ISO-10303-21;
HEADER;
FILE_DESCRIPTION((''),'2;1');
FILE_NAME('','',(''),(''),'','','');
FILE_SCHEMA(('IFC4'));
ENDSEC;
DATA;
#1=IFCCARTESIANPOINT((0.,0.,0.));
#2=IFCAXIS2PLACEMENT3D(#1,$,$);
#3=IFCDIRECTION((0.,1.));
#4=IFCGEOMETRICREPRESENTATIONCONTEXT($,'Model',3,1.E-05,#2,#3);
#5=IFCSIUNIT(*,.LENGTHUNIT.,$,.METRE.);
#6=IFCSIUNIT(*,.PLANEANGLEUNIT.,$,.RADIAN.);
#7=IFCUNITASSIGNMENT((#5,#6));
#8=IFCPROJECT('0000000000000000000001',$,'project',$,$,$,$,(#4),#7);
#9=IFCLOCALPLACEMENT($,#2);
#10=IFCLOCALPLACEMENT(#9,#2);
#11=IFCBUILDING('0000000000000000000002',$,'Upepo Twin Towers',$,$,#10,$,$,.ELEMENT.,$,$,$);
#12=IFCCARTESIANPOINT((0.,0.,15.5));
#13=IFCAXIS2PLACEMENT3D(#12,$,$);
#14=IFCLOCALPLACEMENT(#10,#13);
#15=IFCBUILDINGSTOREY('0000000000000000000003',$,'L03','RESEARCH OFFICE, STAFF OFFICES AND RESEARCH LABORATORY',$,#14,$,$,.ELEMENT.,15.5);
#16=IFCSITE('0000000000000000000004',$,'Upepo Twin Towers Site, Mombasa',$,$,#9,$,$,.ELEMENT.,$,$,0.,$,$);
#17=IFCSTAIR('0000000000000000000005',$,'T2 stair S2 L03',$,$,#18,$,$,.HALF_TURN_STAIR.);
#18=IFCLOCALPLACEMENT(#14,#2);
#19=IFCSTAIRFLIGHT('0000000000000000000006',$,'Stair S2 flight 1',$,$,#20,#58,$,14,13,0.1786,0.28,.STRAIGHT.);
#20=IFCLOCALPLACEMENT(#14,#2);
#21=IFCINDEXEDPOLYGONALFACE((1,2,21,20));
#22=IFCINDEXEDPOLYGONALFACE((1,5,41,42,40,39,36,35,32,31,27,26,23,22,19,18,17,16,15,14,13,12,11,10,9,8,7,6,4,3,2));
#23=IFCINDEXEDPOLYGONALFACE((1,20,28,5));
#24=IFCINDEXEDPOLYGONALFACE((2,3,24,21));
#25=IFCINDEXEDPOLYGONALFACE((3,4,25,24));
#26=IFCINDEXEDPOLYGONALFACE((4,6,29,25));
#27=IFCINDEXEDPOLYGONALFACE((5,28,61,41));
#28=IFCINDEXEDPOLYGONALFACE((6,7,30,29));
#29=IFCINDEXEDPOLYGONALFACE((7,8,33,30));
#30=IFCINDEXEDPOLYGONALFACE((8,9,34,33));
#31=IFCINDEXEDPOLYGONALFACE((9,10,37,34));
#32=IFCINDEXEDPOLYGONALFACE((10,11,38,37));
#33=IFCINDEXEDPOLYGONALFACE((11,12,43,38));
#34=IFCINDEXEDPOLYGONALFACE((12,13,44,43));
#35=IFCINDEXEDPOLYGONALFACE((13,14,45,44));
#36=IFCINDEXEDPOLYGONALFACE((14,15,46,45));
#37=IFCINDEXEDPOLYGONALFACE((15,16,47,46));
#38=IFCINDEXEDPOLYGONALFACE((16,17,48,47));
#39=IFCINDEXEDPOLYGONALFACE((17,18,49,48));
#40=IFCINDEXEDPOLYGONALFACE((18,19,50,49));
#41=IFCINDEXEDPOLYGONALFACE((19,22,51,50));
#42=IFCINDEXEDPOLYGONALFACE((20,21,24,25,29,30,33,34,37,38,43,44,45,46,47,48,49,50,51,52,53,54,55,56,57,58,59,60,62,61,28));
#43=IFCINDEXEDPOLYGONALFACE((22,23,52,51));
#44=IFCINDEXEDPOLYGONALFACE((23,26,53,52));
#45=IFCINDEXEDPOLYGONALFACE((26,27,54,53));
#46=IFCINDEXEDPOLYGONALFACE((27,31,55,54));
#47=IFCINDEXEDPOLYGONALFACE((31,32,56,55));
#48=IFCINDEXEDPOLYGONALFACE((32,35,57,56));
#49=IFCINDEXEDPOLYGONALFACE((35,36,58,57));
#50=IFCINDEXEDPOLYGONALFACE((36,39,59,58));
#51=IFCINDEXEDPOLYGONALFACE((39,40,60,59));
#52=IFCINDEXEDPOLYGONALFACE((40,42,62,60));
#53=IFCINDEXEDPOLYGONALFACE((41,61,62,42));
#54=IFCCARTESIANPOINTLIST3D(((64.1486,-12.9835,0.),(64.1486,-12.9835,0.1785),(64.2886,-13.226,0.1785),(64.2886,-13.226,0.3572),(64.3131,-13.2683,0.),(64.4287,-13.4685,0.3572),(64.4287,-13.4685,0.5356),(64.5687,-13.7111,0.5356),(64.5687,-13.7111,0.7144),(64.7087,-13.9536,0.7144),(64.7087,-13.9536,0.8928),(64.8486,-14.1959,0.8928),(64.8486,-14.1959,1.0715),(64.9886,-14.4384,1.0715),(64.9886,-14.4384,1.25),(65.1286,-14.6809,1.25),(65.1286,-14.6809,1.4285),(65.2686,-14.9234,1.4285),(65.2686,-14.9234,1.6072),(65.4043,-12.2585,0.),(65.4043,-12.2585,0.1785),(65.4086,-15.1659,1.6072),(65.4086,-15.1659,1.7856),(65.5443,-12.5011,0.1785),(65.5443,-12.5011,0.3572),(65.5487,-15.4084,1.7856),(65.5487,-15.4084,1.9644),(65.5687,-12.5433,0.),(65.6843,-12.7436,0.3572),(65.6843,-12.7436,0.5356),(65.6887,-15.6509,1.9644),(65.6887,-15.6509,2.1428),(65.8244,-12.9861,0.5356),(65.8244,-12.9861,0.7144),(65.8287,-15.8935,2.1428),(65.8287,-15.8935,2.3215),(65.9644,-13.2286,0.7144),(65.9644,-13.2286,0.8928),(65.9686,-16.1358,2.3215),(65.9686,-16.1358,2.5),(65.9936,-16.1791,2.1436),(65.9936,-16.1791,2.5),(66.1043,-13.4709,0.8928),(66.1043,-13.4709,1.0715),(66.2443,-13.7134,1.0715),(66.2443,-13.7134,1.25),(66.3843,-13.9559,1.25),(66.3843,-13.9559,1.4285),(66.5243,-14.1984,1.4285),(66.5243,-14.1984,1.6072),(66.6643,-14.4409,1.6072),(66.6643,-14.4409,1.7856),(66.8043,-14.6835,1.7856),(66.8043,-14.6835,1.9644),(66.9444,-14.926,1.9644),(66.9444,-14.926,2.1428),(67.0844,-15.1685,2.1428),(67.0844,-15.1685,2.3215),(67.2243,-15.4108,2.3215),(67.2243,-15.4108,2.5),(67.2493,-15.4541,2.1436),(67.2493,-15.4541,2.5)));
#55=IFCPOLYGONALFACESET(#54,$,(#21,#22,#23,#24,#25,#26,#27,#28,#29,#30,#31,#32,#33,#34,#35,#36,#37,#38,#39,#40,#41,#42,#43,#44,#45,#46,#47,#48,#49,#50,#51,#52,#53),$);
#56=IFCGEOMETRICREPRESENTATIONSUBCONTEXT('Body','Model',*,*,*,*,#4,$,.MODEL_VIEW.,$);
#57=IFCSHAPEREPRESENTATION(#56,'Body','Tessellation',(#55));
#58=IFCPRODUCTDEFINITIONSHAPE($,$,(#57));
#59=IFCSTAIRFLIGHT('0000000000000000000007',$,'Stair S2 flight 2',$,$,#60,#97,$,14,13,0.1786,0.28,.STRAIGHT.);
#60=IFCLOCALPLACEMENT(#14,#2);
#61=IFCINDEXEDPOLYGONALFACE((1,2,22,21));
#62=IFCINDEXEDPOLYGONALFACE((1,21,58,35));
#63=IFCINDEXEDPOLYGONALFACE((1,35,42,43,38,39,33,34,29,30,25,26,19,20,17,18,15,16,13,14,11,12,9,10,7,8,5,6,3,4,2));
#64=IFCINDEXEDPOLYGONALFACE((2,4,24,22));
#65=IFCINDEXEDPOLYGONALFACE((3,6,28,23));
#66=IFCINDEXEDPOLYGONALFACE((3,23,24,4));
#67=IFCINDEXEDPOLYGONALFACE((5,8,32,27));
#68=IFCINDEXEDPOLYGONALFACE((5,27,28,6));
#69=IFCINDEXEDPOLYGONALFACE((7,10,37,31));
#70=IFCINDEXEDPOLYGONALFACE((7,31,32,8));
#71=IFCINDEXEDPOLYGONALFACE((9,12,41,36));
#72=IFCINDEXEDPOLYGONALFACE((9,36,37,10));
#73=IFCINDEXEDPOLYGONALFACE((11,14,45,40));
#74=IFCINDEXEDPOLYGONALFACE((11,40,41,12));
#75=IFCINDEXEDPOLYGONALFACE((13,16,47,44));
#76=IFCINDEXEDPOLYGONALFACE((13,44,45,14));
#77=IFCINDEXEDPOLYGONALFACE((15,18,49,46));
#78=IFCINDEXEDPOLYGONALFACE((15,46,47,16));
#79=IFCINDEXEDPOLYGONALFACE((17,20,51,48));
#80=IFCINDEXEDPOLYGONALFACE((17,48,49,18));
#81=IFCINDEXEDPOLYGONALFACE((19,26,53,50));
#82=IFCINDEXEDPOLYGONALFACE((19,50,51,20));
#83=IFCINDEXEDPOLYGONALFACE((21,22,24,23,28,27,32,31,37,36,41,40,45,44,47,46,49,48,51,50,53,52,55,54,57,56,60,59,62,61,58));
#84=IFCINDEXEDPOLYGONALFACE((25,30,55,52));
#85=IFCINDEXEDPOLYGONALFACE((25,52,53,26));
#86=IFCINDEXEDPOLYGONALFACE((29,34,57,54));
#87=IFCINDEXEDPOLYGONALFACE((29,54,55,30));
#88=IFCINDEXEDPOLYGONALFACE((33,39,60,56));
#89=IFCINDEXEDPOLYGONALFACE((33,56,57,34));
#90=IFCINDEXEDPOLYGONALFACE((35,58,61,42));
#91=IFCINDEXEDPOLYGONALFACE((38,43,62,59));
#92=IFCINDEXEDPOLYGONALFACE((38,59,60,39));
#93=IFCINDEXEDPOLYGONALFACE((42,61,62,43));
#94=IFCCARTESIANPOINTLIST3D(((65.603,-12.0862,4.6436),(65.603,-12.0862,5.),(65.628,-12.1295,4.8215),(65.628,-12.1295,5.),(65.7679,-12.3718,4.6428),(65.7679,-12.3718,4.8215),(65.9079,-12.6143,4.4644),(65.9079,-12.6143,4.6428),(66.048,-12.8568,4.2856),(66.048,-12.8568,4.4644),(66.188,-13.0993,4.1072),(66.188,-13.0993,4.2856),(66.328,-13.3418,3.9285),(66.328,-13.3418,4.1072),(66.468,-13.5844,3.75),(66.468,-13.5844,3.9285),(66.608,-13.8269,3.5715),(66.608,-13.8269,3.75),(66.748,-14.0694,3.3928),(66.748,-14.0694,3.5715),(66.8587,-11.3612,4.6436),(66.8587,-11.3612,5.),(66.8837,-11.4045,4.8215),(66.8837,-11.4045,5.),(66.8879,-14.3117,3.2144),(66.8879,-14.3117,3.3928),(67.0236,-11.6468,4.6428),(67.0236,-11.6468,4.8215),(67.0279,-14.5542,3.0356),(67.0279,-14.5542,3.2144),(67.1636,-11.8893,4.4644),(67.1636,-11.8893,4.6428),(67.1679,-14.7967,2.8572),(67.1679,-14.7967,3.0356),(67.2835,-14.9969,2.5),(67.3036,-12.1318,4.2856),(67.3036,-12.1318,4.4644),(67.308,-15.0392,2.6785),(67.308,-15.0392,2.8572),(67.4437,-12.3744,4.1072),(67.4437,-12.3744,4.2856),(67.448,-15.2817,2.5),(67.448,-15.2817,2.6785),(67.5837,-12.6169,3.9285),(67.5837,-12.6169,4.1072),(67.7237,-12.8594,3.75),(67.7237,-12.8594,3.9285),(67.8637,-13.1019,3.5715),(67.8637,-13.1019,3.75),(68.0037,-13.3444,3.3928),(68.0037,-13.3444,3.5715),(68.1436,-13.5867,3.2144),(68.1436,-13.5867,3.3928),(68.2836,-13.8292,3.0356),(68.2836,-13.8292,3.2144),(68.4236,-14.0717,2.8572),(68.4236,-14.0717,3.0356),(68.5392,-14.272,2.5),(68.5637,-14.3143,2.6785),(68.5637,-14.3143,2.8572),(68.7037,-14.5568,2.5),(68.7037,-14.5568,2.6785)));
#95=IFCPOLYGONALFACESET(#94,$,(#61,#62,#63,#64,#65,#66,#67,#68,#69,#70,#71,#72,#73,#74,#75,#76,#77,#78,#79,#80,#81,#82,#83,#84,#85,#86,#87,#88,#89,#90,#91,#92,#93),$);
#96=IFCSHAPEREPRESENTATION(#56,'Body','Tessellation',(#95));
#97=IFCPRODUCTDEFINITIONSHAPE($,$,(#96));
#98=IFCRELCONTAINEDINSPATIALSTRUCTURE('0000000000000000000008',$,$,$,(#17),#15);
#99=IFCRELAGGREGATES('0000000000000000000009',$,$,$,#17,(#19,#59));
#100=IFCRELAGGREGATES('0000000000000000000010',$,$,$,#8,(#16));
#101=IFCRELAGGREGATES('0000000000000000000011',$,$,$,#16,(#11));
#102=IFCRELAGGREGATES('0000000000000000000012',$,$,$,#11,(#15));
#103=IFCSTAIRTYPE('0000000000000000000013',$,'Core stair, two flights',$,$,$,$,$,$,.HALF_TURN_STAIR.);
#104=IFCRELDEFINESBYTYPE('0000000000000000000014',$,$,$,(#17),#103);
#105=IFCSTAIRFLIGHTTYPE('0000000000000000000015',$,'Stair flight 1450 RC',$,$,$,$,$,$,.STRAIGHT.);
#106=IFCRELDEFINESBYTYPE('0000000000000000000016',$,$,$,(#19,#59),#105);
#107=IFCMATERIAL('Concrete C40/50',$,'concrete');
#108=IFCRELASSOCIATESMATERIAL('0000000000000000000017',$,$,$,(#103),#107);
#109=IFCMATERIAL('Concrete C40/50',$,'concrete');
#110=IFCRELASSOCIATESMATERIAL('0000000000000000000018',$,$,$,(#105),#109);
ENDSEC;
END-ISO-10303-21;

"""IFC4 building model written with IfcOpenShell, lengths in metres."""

from ifc_helpers import new_model, si_unit, direction, frame, origin, place, context, subcontext, project, spatial, polyline, outline, extrude, material, type_object, element, aggregate, save


model = new_model("IFC4")

# Units and contexts
model_context = context("Model", 3, precision=1e-05, world=origin(), true_north=direction((0.0, 1.0)))
body_context = subcontext(model_context, "Body", "Model", "MODEL_VIEW")
ifc_project = project(units=[si_unit("LENGTHUNIT", "METRE"), si_unit("PLANEANGLEUNIT", "RADIAN")], contexts=[model_context])

# Site, building, storey
site_placement = place(None, origin())
site = spatial("IfcSite", under=ifc_project, at=site_placement, Name="Upepo Twin Towers Site, Mombasa", CompositionType="ELEMENT", RefElevation=0.0)
building_placement = place(site_placement, origin())
building = spatial("IfcBuilding", under=site, at=building_placement, Name="Upepo Twin Towers", CompositionType="ELEMENT")
storey_placement = place(building_placement, frame((0.0, 0.0, 15.5)))
storey = spatial("IfcBuildingStorey", under=building, at=storey_placement, Name="L03", Description="RESEARCH OFFICE, STAFF OFFICES AND RESEARCH LABORATORY", CompositionType="ELEMENT", Elevation=15.5)

# Stair, stair flights
ifc_material_1 = material(Name="Concrete C40/50", Category="concrete")
stair_type = type_object("IfcStairType", Name="Core stair, two flights", PredefinedType="HALF_TURN_STAIR", material=ifc_material_1)
stair_placement = place(storey_placement, origin())
stair = element("IfcStair", 1, at=stair_placement, inside=storey, type_object=stair_type, Name="T2 stair S2 L03", PredefinedType="HALF_TURN_STAIR")
ifc_material_2 = material(Name="Concrete C40/50", Category="concrete")
stair_flight_type = type_object("IfcStairFlightType", Name="Stair flight 1450 RC", PredefinedType="STRAIGHT", material=ifc_material_2)
stair_flight_1_placement = place(storey_placement, frame((64.7764, -12.6211, 0.0), z_axis=(0.0, 0.0, 1.0), x_axis=(0.5, -0.866025, 0.0)))
stair_flight_1 = element("IfcStairFlight", 2, at=stair_flight_1_placement, type_object=stair_flight_type, Name="Stair S2 flight 1", NumberOfRisers=14, NumberOfTreads=13, PredefinedType="STRAIGHT", RiserHeight=0.1786, TreadLength=0.28, context=body_context, shape_type="SweptSolid", body=[
    extrude(outline(polyline([(0.0, 0.0), (0.0, 0.1785), (0.28, 0.1785), (0.28, 0.3572), (0.5601, 0.3572), (0.5601, 0.5356), (0.8401, 0.5356), (0.8401, 0.7144), (1.1201, 0.7144), (1.1201, 0.8928), (1.3999, 0.8928), (1.3999, 1.0715), (1.6799, 1.0715), (1.6799, 1.25), (1.96, 1.25), (1.96, 1.4285), (2.24, 1.4285), (2.24, 1.6072), (2.52, 1.6072), (2.52, 1.7856), (2.8, 1.7856), (2.8, 1.9644), (3.0801, 1.9644), (3.0801, 2.1428), (3.3601, 2.1428), (3.3601, 2.3215), (3.6399, 2.3215), (3.6399, 2.5), (3.6899, 2.5), (3.6899, 2.1436), (0.3289, 0.0), (0.0, 0.0)])), frame((0.0, 0.7251, 0.0), z_axis=(0.0, -1.0, 0.0), x_axis=(1.0, 0.0, 0.0)), (0.0, 0.0, 1.0), 1.45),
])
stair_flight_2_placement = place(storey_placement, frame((68.0759, -14.9192, 2.5), z_axis=(0.0, 0.0, 1.0), x_axis=(-0.5, 0.866025, 0.0)))
stair_flight_2 = element("IfcStairFlight", 3, at=stair_flight_2_placement, type_object=stair_flight_type, Name="Stair S2 flight 2", NumberOfRisers=14, NumberOfTreads=13, PredefinedType="STRAIGHT", RiserHeight=0.1786, TreadLength=0.28, context=body_context, shape_type="SweptSolid", body=[
    extrude(outline(polyline([(0.0, 0.0), (0.0, 0.1785), (0.28, 0.1785), (0.28, 0.3572), (0.5601, 0.3572), (0.5601, 0.5356), (0.8401, 0.5356), (0.8401, 0.7144), (1.1201, 0.7144), (1.1201, 0.8928), (1.3999, 0.8928), (1.3999, 1.0715), (1.6799, 1.0715), (1.6799, 1.25), (1.96, 1.25), (1.96, 1.4285), (2.24, 1.4285), (2.24, 1.6072), (2.52, 1.6072), (2.52, 1.7856), (2.8, 1.7856), (2.8, 1.9644), (3.0801, 1.9644), (3.0801, 2.1428), (3.3601, 2.1428), (3.3601, 2.3215), (3.6399, 2.3215), (3.6399, 2.5), (3.6899, 2.5), (3.6899, 2.1436), (0.3289, 0.0), (0.0, 0.0)])), frame((0.0, 0.7251, 0.0), z_axis=(0.0, -1.0, 0.0), x_axis=(1.0, 0.0, 0.0)), (0.0, 0.0, 1.0), 1.45),
])
aggregate(stair, [stair_flight_1, stair_flight_2])

save(model, "model.ifc")
